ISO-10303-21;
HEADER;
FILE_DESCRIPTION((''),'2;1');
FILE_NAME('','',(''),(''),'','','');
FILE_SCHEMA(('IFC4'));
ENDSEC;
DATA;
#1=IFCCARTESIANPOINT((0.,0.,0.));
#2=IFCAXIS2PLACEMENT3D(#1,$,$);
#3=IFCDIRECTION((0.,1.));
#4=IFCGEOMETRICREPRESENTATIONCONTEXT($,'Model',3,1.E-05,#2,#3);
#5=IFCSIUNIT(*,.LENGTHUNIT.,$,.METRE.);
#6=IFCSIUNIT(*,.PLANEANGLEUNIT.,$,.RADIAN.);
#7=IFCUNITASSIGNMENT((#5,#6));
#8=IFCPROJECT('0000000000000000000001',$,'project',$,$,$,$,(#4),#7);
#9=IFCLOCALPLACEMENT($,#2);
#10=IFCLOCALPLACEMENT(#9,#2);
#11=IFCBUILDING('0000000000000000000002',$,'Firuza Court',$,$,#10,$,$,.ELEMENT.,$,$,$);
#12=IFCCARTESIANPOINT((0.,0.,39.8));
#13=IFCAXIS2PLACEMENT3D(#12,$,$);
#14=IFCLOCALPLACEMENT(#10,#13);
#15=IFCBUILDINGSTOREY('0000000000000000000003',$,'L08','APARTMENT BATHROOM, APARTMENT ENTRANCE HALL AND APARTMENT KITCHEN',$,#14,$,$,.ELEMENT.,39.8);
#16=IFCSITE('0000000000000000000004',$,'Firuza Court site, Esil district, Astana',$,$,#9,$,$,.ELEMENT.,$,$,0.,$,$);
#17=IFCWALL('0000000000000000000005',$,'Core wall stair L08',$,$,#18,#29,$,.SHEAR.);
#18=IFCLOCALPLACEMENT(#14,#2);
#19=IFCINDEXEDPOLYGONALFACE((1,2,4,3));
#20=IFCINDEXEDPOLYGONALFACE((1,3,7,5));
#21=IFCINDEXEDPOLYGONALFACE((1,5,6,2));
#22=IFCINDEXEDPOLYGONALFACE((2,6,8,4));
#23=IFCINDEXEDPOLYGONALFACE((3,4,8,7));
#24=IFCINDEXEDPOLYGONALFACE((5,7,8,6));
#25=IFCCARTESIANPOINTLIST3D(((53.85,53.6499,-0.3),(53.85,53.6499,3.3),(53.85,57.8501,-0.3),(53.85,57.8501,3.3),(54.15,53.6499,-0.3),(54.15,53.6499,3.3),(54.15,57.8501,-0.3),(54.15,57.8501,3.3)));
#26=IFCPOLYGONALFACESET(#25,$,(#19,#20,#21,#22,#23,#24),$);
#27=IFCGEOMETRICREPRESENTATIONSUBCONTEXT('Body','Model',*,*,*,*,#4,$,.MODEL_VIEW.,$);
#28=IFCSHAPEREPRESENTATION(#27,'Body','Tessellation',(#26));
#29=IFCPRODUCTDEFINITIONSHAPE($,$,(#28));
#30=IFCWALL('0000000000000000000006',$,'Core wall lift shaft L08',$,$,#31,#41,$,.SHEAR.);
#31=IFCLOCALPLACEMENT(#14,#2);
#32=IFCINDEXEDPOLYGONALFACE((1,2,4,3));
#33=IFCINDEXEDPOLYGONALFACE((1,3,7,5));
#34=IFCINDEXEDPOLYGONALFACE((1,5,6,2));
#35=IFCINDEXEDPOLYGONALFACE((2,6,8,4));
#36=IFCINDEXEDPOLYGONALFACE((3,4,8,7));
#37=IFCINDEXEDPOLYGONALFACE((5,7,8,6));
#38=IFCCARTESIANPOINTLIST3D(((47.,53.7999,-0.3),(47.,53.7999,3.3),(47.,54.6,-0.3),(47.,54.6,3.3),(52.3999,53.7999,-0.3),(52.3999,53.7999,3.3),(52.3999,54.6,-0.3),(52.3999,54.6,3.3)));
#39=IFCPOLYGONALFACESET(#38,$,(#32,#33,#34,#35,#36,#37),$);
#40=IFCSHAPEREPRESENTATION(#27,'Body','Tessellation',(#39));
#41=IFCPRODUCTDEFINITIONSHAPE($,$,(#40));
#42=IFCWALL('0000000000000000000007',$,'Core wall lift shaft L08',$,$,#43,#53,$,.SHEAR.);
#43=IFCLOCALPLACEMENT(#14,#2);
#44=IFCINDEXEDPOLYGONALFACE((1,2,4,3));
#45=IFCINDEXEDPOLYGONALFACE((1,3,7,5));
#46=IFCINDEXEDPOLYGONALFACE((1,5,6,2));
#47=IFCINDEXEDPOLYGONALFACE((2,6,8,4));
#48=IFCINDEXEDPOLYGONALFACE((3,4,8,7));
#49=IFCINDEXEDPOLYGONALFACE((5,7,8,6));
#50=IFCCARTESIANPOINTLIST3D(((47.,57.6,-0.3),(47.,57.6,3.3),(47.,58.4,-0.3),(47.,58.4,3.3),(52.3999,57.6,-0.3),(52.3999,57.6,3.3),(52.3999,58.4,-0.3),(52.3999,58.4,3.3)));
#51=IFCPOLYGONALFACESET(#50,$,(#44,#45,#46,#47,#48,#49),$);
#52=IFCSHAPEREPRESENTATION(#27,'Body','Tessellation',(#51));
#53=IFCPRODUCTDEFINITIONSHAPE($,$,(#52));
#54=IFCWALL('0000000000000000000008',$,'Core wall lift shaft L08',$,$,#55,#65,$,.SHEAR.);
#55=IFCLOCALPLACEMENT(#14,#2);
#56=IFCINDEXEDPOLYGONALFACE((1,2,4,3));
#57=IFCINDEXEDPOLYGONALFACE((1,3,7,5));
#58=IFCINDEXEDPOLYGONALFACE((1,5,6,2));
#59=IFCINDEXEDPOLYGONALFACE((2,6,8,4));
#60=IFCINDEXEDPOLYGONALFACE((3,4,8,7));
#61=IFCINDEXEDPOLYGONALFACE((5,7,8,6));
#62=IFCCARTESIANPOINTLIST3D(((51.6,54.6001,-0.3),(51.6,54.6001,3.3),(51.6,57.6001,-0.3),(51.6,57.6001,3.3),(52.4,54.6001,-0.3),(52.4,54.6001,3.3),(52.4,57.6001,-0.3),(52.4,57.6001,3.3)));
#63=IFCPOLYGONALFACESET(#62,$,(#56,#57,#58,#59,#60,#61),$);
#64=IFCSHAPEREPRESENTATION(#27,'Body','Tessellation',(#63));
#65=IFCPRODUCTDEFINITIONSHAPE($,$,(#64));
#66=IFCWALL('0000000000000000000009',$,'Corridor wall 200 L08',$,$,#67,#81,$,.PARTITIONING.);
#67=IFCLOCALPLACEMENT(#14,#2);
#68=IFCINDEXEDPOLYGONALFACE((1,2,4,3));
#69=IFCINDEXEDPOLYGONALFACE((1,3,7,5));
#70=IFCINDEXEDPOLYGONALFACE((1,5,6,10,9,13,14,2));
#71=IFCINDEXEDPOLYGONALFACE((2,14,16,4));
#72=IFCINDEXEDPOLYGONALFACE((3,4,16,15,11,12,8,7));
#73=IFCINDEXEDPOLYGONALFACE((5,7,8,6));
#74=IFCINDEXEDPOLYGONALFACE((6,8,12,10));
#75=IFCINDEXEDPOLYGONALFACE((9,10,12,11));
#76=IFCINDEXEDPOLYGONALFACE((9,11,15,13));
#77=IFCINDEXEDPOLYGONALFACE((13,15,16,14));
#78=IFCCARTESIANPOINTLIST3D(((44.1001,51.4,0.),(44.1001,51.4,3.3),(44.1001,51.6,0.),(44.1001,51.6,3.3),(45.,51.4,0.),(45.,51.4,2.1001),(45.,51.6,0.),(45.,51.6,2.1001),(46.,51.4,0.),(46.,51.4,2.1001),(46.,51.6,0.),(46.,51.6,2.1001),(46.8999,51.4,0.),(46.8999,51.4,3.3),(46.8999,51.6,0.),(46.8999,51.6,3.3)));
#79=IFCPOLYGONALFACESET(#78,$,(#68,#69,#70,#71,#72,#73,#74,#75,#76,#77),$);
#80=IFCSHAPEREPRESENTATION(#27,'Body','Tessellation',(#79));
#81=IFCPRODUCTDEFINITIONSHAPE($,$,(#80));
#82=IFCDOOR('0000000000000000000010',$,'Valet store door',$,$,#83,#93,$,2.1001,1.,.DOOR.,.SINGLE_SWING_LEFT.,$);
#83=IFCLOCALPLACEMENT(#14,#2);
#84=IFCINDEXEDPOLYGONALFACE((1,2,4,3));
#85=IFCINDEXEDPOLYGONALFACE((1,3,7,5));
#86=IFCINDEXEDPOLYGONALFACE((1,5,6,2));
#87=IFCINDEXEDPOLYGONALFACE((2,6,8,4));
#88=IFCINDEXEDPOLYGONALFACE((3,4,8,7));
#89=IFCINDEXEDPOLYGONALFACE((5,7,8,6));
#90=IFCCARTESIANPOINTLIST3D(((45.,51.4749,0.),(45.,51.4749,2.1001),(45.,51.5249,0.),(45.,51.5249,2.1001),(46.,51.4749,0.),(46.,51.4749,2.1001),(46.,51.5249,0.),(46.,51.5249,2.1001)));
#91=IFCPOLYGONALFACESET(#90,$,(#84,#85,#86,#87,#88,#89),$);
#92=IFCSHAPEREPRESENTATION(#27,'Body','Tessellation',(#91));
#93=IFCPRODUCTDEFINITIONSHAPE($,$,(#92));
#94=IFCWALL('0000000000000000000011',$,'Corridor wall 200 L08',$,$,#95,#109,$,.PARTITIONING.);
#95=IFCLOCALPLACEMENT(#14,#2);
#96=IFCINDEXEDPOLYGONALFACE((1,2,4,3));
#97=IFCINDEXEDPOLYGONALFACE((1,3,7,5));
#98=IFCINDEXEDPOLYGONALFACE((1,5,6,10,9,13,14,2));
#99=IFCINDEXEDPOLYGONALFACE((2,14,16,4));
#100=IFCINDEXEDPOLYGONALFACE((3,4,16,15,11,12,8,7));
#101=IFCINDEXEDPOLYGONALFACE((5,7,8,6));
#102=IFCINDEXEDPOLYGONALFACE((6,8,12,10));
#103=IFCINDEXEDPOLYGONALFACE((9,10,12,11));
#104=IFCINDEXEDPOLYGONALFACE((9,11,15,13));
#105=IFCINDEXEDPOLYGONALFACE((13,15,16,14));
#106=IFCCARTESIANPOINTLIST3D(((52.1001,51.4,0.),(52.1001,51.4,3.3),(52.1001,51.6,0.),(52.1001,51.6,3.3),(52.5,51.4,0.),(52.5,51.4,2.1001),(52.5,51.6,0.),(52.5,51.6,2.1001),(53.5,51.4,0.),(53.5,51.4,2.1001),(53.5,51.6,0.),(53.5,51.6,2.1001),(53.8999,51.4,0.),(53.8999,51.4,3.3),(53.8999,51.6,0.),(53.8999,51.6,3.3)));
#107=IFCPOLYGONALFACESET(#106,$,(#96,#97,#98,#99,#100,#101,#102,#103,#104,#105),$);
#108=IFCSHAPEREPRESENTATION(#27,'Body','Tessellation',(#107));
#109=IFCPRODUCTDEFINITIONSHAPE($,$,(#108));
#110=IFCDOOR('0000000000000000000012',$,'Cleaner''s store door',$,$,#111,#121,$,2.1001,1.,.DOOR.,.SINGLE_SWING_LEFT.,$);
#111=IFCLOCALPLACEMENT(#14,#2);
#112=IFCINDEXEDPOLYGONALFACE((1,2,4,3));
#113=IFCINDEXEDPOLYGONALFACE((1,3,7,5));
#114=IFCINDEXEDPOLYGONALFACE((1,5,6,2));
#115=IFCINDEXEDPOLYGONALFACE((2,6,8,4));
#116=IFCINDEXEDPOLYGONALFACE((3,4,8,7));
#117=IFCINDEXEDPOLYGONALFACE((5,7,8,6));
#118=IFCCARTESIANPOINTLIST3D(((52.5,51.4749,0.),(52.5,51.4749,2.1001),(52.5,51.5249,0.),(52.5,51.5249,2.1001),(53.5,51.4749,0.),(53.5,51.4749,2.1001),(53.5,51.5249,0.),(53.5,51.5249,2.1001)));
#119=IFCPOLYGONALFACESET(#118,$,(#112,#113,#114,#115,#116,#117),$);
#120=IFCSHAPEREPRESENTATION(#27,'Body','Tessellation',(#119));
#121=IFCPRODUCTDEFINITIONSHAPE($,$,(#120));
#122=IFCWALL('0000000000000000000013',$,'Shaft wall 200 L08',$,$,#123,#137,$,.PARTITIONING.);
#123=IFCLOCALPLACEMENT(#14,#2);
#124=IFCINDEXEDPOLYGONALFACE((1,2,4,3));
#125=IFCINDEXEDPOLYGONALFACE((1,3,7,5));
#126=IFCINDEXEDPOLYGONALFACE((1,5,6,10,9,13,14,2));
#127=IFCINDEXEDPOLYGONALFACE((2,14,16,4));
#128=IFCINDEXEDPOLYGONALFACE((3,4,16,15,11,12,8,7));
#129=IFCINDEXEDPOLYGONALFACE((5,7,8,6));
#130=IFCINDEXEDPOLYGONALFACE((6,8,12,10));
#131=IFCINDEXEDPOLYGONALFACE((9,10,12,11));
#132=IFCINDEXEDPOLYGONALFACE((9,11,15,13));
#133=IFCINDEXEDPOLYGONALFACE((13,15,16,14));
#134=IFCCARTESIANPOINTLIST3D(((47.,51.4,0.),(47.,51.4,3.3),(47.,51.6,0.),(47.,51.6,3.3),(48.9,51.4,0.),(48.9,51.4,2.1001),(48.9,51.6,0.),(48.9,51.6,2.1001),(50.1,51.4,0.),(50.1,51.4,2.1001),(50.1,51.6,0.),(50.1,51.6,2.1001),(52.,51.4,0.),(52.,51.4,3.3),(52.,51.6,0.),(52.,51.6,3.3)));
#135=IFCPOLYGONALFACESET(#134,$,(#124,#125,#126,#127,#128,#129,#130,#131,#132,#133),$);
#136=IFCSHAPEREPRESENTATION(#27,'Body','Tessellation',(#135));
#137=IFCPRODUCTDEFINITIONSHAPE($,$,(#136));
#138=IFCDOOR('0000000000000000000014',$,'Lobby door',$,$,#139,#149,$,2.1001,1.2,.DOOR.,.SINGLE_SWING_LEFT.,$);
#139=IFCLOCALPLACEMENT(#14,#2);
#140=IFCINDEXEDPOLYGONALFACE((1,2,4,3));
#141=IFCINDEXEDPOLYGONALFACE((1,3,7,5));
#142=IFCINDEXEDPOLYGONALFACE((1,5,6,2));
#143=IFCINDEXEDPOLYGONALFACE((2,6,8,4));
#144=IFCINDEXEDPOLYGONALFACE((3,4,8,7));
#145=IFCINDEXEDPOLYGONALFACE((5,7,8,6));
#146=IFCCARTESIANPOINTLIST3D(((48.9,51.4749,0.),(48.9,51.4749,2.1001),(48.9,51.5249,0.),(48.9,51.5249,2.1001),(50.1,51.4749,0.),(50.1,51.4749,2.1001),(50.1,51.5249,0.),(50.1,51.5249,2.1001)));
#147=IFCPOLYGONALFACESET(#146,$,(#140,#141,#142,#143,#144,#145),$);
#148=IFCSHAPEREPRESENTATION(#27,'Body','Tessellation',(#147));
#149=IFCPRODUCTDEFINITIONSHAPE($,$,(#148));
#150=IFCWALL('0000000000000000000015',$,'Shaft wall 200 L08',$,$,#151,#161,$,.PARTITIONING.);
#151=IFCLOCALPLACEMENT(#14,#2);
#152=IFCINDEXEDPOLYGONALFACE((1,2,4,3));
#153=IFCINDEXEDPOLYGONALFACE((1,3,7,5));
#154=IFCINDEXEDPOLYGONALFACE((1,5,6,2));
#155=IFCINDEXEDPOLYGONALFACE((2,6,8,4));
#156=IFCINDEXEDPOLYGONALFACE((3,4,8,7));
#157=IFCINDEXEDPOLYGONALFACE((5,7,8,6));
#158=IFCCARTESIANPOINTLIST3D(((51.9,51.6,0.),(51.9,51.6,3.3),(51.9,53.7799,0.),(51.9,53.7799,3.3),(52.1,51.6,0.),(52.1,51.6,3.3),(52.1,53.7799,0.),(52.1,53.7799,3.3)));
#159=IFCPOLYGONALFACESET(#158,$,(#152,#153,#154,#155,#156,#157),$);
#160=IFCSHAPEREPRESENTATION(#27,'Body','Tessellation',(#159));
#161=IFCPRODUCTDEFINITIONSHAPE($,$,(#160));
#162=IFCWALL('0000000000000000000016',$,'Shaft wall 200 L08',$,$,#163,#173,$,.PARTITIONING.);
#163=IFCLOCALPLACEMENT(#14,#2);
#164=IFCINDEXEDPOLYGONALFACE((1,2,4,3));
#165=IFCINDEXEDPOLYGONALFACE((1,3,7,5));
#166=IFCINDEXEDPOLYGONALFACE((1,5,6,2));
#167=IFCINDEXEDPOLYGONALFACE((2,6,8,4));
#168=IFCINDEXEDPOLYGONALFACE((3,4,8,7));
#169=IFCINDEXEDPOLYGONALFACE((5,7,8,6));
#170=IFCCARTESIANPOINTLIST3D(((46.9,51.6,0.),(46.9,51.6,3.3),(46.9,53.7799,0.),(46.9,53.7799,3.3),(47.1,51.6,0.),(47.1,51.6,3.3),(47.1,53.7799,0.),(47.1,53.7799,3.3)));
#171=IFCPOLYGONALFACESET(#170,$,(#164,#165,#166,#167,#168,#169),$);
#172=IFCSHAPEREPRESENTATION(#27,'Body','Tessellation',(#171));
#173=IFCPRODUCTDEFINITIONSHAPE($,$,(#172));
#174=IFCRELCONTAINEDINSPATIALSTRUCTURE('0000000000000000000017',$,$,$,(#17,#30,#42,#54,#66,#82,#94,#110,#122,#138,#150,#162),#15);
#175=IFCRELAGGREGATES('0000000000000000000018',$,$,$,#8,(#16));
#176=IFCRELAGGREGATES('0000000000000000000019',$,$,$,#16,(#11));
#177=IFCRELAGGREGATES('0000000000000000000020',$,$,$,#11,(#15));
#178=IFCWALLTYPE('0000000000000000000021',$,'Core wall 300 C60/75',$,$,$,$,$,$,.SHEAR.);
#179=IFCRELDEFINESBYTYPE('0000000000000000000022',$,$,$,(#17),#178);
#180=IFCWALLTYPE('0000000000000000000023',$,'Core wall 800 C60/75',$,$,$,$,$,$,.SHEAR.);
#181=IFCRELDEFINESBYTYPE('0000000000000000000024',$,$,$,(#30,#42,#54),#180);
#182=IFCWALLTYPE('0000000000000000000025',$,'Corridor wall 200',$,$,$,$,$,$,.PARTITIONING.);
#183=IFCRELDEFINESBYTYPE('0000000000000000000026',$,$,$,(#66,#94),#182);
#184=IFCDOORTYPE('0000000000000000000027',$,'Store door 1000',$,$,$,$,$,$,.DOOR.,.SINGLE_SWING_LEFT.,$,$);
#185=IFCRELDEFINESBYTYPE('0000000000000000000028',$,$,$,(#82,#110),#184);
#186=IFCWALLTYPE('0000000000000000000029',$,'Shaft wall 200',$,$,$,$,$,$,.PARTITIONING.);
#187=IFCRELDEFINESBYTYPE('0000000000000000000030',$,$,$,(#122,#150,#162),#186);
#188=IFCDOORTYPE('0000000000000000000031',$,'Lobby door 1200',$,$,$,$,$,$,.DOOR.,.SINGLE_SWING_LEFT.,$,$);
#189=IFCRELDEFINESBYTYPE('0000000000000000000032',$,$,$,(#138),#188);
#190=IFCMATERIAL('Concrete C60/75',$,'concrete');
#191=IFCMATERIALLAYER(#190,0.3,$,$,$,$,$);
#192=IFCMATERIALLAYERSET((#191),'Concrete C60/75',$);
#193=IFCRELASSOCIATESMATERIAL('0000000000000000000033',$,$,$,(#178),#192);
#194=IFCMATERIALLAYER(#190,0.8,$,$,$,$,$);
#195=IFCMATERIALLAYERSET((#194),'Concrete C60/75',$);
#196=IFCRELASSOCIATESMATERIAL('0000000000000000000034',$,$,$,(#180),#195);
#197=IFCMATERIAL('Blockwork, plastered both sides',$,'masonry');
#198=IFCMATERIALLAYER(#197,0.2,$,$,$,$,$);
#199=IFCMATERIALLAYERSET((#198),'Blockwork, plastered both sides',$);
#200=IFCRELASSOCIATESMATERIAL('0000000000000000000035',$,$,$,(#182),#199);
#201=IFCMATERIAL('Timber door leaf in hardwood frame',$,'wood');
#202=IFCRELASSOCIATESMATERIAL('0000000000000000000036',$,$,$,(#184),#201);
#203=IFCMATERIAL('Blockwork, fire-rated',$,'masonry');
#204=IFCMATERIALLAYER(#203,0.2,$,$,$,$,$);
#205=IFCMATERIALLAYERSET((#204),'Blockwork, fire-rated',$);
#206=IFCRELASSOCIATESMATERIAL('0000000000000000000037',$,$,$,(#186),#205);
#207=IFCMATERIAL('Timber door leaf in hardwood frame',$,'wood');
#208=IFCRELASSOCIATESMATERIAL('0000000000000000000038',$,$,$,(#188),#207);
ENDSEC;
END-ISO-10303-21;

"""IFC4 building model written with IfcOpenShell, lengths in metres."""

from ifc_helpers import new_model, si_unit, direction, frame, frame_2d, origin, place, context, subcontext, project, spatial, rectangle, extrude, material, layer, layer_set, type_object, element, fill, save


model = new_model("IFC4")

# Units and contexts
model_context = context("Model", 3, precision=1e-05, world=origin(), true_north=direction((0.0, 1.0)))
body_context = subcontext(model_context, "Body", "Model", "MODEL_VIEW")
ifc_project = project(units=[si_unit("LENGTHUNIT", "METRE"), si_unit("PLANEANGLEUNIT", "RADIAN")], contexts=[model_context])

# Site, building, storey
site_placement = place(None, origin())
site = spatial("IfcSite", under=ifc_project, at=site_placement, Name="Firuza Court site, Esil district, Astana", CompositionType="ELEMENT", RefElevation=0.0)
building_placement = place(site_placement, origin())
building = spatial("IfcBuilding", under=site, at=building_placement, Name="Firuza Court", CompositionType="ELEMENT")
storey_placement = place(building_placement, frame((0.0, 0.0, 39.8)))
storey = spatial("IfcBuildingStorey", under=building, at=storey_placement, Name="L08", Description="APARTMENT BATHROOM, APARTMENT ENTRANCE HALL AND APARTMENT KITCHEN", CompositionType="ELEMENT", Elevation=39.8)

# Shared definitions
ifc_material_1 = material(Name="Concrete C60/75", Category="concrete")
ifc_layer_1 = layer(ifc_material_1, 0.3)
ifc_layer_set_1 = layer_set([ifc_layer_1], Name="Concrete C60/75")
wall_type_1 = type_object("IfcWallType", Name="Core wall 300 C60/75", PredefinedType="SHEAR", material=ifc_layer_set_1)

# Walls
wall_1_placement = place(storey_placement, frame((54.0, 53.6499, -0.3), z_axis=(0.0, 0.0, 1.0), x_axis=(0.0, 1.0, 0.0)))
element("IfcWall", 1, at=wall_1_placement, inside=storey, type_object=wall_type_1, Name="Core wall stair L08", PredefinedType="SHEAR", context=body_context, shape_type="SweptSolid", body=[
    extrude(rectangle(XDim=4.2002, YDim=0.3, at=frame_2d((2.1001, 0.0))), origin(), (0.0, 0.0, 1.0), 3.6001),
])
ifc_layer_2 = layer(ifc_material_1, 0.8)
ifc_layer_set_2 = layer_set([ifc_layer_2], Name="Concrete C60/75")
wall_type_2 = type_object("IfcWallType", Name="Core wall 800 C60/75", PredefinedType="SHEAR", material=ifc_layer_set_2)
for number, where, z_axis, x_axis, name in (
    (2, (47.0, 54.2, -0.3), (0.0, 0.0, 1.0), (1.0, 0.0, 0.0), "Core wall lift shaft L08"),
    (3, (47.0, 58.0, -0.3), (0.0, 0.0, 1.0), (1.0, 0.0, 0.0), "Core wall lift shaft L08"),
):
    element("IfcWall", number, at=place(storey_placement, frame(where, z_axis=z_axis, x_axis=x_axis)), inside=storey, type_object=wall_type_2, Name=name, PredefinedType="SHEAR", context=body_context, shape_type="SweptSolid", body=[
        extrude(rectangle(XDim=5.3999, YDim=0.8, at=frame_2d((2.7, 0.0))), origin(), (0.0, 0.0, 1.0), 3.6001),
    ])
wall_2_placement = place(storey_placement, frame((52.0, 54.6001, -0.3), z_axis=(0.0, 0.0, 1.0), x_axis=(0.0, 1.0, 0.0)))
element("IfcWall", 4, at=wall_2_placement, inside=storey, type_object=wall_type_2, Name="Core wall lift shaft L08", PredefinedType="SHEAR", context=body_context, shape_type="SweptSolid", body=[
    extrude(rectangle(XDim=3.0, YDim=0.8, at=frame_2d((1.5, 0.0))), origin(), (0.0, 0.0, 1.0), 3.6001),
])

# Walls, openings, doors
ifc_material_2 = material(Name="Blockwork, plastered both sides", Category="masonry")
ifc_layer_3 = layer(ifc_material_2, 0.2)
ifc_layer_set_3 = layer_set([ifc_layer_3], Name="Blockwork, plastered both sides")
wall_type_3 = type_object("IfcWallType", Name="Corridor wall 200", PredefinedType="PARTITIONING", material=ifc_layer_set_3)
wall_3_placement = place(storey_placement, frame((44.1001, 51.5, 0.0), z_axis=(0.0, 0.0, 1.0), x_axis=(1.0, 0.0, 0.0)))
wall_3 = element("IfcWall", 5, at=wall_3_placement, inside=storey, type_object=wall_type_3, Name="Corridor wall 200 L08", PredefinedType="PARTITIONING", context=body_context, shape_type="SweptSolid", body=[
    extrude(rectangle(XDim=2.7998, YDim=0.2, at=frame_2d((1.3999, 0.0))), origin(), (0.0, 0.0, 1.0), 3.3),
])
opening_1_placement = place(wall_3_placement, frame((0.8999, 0.0, 0.0)))
opening_1 = element("IfcOpeningElement", 6, at=opening_1_placement, cuts=wall_3, PredefinedType="OPENING", context=body_context, shape_type="SweptSolid", body=[
    extrude(rectangle(XDim=1.0, YDim=2.1001, at=frame_2d((0.5, 1.05))), frame((0.0, 0.1118, 0.0), z_axis=(0.0, -1.0, 0.0), x_axis=(1.0, 0.0, 0.0)), (0.0, 0.0, 1.0), 0.2239),
])
ifc_material_3 = material(Name="Timber door leaf in hardwood frame", Category="wood")
door_type_1 = type_object("IfcDoorType", Name="Store door 1000", OperationType="SINGLE_SWING_LEFT", PredefinedType="DOOR", material=ifc_material_3)
door_1_placement = place(opening_1_placement, origin())
door_1 = element("IfcDoor", 7, at=door_1_placement, inside=storey, type_object=door_type_1, Name="Valet store door", OperationType="SINGLE_SWING_LEFT", OverallHeight=2.1001, OverallWidth=1.0, PredefinedType="DOOR", context=body_context, shape_type="SweptSolid", body=[
    extrude(rectangle(XDim=1.0, YDim=2.1001, at=frame_2d((0.5, 1.05))), frame((0.0, 0.0249, 0.0), z_axis=(0.0, -1.0, 0.0), x_axis=(1.0, 0.0, 0.0)), (0.0, 0.0, 1.0), 0.05),
])
fill(opening_1, door_1)
wall_4_placement = place(storey_placement, frame((52.1001, 51.5, 0.0), z_axis=(0.0, 0.0, 1.0), x_axis=(1.0, 0.0, 0.0)))
wall_4 = element("IfcWall", 8, at=wall_4_placement, inside=storey, type_object=wall_type_3, Name="Corridor wall 200 L08", PredefinedType="PARTITIONING", context=body_context, shape_type="SweptSolid", body=[
    extrude(rectangle(XDim=1.7998, YDim=0.2, at=frame_2d((0.8999, 0.0))), origin(), (0.0, 0.0, 1.0), 3.3),
])
opening_2_placement = place(wall_4_placement, frame((0.3999, 0.0, 0.0)))
opening_2 = element("IfcOpeningElement", 9, at=opening_2_placement, cuts=wall_4, PredefinedType="OPENING", context=body_context, shape_type="SweptSolid", body=[
    extrude(rectangle(XDim=1.0, YDim=2.1001, at=frame_2d((0.5, 1.05))), frame((0.0, 0.1118, 0.0), z_axis=(0.0, -1.0, 0.0), x_axis=(1.0, 0.0, 0.0)), (0.0, 0.0, 1.0), 0.2239),
])
door_2_placement = place(opening_2_placement, origin())
door_2 = element("IfcDoor", 10, at=door_2_placement, inside=storey, type_object=door_type_1, Name="Cleaner's store door", OperationType="SINGLE_SWING_LEFT", OverallHeight=2.1001, OverallWidth=1.0, PredefinedType="DOOR", context=body_context, shape_type="SweptSolid", body=[
    extrude(rectangle(XDim=1.0, YDim=2.1001, at=frame_2d((0.5, 1.05))), frame((0.0, 0.0249, 0.0), z_axis=(0.0, -1.0, 0.0), x_axis=(1.0, 0.0, 0.0)), (0.0, 0.0, 1.0), 0.05),
])
fill(opening_2, door_2)
ifc_material_4 = material(Name="Blockwork, fire-rated", Category="masonry")
ifc_layer_4 = layer(ifc_material_4, 0.2)
ifc_layer_set_4 = layer_set([ifc_layer_4], Name="Blockwork, fire-rated")
wall_type_4 = type_object("IfcWallType", Name="Shaft wall 200", PredefinedType="PARTITIONING", material=ifc_layer_set_4)
wall_5_placement = place(storey_placement, frame((47.0, 51.5, 0.0), z_axis=(0.0, 0.0, 1.0), x_axis=(1.0, 0.0, 0.0)))
wall_5 = element("IfcWall", 11, at=wall_5_placement, inside=storey, type_object=wall_type_4, Name="Shaft wall 200 L08", PredefinedType="PARTITIONING", context=body_context, shape_type="SweptSolid", body=[
    extrude(rectangle(XDim=5.0, YDim=0.2, at=frame_2d((2.5, 0.0))), origin(), (0.0, 0.0, 1.0), 3.3),
])
opening_3_placement = place(wall_5_placement, frame((1.8999, 0.0, 0.0)))
opening_3 = element("IfcOpeningElement", 12, at=opening_3_placement, cuts=wall_5, PredefinedType="OPENING", context=body_context, shape_type="SweptSolid", body=[
    extrude(rectangle(XDim=1.2, YDim=2.1001, at=frame_2d((0.6001, 1.05))), frame((0.0, 0.1118, 0.0), z_axis=(0.0, -1.0, 0.0), x_axis=(1.0, 0.0, 0.0)), (0.0, 0.0, 1.0), 0.2239),
])
ifc_material_5 = material(Name="Timber door leaf in hardwood frame", Category="wood")
door_type_2 = type_object("IfcDoorType", Name="Lobby door 1200", OperationType="SINGLE_SWING_LEFT", PredefinedType="DOOR", material=ifc_material_5)
door_3_placement = place(opening_3_placement, origin())
door_3 = element("IfcDoor", 13, at=door_3_placement, inside=storey, type_object=door_type_2, Name="Lobby door", OperationType="SINGLE_SWING_LEFT", OverallHeight=2.1001, OverallWidth=1.2, PredefinedType="DOOR", context=body_context, shape_type="SweptSolid", body=[
    extrude(rectangle(XDim=1.2, YDim=2.1001, at=frame_2d((0.6001, 1.05))), frame((0.0, 0.0249, 0.0), z_axis=(0.0, -1.0, 0.0), x_axis=(1.0, 0.0, 0.0)), (0.0, 0.0, 1.0), 0.05),
])
fill(opening_3, door_3)

# Walls
for number, where, z_axis, x_axis, name in (
    (14, (52.0, 51.6001, 0.0), (0.0, 0.0, 1.0), (0.0, 1.0, 0.0), "Shaft wall 200 L08"),
    (15, (47.0, 51.6001, 0.0), (0.0, 0.0, 1.0), (0.0, 1.0, 0.0), "Shaft wall 200 L08"),
):
    element("IfcWall", number, at=place(storey_placement, frame(where, z_axis=z_axis, x_axis=x_axis)), inside=storey, type_object=wall_type_4, Name=name, PredefinedType="PARTITIONING", context=body_context, shape_type="SweptSolid", body=[
        extrude(rectangle(XDim=2.1799, YDim=0.2, at=frame_2d((1.0898, 0.0))), origin(), (0.0, 0.0, 1.0), 3.3),
    ])

save(model, "model.ifc")
